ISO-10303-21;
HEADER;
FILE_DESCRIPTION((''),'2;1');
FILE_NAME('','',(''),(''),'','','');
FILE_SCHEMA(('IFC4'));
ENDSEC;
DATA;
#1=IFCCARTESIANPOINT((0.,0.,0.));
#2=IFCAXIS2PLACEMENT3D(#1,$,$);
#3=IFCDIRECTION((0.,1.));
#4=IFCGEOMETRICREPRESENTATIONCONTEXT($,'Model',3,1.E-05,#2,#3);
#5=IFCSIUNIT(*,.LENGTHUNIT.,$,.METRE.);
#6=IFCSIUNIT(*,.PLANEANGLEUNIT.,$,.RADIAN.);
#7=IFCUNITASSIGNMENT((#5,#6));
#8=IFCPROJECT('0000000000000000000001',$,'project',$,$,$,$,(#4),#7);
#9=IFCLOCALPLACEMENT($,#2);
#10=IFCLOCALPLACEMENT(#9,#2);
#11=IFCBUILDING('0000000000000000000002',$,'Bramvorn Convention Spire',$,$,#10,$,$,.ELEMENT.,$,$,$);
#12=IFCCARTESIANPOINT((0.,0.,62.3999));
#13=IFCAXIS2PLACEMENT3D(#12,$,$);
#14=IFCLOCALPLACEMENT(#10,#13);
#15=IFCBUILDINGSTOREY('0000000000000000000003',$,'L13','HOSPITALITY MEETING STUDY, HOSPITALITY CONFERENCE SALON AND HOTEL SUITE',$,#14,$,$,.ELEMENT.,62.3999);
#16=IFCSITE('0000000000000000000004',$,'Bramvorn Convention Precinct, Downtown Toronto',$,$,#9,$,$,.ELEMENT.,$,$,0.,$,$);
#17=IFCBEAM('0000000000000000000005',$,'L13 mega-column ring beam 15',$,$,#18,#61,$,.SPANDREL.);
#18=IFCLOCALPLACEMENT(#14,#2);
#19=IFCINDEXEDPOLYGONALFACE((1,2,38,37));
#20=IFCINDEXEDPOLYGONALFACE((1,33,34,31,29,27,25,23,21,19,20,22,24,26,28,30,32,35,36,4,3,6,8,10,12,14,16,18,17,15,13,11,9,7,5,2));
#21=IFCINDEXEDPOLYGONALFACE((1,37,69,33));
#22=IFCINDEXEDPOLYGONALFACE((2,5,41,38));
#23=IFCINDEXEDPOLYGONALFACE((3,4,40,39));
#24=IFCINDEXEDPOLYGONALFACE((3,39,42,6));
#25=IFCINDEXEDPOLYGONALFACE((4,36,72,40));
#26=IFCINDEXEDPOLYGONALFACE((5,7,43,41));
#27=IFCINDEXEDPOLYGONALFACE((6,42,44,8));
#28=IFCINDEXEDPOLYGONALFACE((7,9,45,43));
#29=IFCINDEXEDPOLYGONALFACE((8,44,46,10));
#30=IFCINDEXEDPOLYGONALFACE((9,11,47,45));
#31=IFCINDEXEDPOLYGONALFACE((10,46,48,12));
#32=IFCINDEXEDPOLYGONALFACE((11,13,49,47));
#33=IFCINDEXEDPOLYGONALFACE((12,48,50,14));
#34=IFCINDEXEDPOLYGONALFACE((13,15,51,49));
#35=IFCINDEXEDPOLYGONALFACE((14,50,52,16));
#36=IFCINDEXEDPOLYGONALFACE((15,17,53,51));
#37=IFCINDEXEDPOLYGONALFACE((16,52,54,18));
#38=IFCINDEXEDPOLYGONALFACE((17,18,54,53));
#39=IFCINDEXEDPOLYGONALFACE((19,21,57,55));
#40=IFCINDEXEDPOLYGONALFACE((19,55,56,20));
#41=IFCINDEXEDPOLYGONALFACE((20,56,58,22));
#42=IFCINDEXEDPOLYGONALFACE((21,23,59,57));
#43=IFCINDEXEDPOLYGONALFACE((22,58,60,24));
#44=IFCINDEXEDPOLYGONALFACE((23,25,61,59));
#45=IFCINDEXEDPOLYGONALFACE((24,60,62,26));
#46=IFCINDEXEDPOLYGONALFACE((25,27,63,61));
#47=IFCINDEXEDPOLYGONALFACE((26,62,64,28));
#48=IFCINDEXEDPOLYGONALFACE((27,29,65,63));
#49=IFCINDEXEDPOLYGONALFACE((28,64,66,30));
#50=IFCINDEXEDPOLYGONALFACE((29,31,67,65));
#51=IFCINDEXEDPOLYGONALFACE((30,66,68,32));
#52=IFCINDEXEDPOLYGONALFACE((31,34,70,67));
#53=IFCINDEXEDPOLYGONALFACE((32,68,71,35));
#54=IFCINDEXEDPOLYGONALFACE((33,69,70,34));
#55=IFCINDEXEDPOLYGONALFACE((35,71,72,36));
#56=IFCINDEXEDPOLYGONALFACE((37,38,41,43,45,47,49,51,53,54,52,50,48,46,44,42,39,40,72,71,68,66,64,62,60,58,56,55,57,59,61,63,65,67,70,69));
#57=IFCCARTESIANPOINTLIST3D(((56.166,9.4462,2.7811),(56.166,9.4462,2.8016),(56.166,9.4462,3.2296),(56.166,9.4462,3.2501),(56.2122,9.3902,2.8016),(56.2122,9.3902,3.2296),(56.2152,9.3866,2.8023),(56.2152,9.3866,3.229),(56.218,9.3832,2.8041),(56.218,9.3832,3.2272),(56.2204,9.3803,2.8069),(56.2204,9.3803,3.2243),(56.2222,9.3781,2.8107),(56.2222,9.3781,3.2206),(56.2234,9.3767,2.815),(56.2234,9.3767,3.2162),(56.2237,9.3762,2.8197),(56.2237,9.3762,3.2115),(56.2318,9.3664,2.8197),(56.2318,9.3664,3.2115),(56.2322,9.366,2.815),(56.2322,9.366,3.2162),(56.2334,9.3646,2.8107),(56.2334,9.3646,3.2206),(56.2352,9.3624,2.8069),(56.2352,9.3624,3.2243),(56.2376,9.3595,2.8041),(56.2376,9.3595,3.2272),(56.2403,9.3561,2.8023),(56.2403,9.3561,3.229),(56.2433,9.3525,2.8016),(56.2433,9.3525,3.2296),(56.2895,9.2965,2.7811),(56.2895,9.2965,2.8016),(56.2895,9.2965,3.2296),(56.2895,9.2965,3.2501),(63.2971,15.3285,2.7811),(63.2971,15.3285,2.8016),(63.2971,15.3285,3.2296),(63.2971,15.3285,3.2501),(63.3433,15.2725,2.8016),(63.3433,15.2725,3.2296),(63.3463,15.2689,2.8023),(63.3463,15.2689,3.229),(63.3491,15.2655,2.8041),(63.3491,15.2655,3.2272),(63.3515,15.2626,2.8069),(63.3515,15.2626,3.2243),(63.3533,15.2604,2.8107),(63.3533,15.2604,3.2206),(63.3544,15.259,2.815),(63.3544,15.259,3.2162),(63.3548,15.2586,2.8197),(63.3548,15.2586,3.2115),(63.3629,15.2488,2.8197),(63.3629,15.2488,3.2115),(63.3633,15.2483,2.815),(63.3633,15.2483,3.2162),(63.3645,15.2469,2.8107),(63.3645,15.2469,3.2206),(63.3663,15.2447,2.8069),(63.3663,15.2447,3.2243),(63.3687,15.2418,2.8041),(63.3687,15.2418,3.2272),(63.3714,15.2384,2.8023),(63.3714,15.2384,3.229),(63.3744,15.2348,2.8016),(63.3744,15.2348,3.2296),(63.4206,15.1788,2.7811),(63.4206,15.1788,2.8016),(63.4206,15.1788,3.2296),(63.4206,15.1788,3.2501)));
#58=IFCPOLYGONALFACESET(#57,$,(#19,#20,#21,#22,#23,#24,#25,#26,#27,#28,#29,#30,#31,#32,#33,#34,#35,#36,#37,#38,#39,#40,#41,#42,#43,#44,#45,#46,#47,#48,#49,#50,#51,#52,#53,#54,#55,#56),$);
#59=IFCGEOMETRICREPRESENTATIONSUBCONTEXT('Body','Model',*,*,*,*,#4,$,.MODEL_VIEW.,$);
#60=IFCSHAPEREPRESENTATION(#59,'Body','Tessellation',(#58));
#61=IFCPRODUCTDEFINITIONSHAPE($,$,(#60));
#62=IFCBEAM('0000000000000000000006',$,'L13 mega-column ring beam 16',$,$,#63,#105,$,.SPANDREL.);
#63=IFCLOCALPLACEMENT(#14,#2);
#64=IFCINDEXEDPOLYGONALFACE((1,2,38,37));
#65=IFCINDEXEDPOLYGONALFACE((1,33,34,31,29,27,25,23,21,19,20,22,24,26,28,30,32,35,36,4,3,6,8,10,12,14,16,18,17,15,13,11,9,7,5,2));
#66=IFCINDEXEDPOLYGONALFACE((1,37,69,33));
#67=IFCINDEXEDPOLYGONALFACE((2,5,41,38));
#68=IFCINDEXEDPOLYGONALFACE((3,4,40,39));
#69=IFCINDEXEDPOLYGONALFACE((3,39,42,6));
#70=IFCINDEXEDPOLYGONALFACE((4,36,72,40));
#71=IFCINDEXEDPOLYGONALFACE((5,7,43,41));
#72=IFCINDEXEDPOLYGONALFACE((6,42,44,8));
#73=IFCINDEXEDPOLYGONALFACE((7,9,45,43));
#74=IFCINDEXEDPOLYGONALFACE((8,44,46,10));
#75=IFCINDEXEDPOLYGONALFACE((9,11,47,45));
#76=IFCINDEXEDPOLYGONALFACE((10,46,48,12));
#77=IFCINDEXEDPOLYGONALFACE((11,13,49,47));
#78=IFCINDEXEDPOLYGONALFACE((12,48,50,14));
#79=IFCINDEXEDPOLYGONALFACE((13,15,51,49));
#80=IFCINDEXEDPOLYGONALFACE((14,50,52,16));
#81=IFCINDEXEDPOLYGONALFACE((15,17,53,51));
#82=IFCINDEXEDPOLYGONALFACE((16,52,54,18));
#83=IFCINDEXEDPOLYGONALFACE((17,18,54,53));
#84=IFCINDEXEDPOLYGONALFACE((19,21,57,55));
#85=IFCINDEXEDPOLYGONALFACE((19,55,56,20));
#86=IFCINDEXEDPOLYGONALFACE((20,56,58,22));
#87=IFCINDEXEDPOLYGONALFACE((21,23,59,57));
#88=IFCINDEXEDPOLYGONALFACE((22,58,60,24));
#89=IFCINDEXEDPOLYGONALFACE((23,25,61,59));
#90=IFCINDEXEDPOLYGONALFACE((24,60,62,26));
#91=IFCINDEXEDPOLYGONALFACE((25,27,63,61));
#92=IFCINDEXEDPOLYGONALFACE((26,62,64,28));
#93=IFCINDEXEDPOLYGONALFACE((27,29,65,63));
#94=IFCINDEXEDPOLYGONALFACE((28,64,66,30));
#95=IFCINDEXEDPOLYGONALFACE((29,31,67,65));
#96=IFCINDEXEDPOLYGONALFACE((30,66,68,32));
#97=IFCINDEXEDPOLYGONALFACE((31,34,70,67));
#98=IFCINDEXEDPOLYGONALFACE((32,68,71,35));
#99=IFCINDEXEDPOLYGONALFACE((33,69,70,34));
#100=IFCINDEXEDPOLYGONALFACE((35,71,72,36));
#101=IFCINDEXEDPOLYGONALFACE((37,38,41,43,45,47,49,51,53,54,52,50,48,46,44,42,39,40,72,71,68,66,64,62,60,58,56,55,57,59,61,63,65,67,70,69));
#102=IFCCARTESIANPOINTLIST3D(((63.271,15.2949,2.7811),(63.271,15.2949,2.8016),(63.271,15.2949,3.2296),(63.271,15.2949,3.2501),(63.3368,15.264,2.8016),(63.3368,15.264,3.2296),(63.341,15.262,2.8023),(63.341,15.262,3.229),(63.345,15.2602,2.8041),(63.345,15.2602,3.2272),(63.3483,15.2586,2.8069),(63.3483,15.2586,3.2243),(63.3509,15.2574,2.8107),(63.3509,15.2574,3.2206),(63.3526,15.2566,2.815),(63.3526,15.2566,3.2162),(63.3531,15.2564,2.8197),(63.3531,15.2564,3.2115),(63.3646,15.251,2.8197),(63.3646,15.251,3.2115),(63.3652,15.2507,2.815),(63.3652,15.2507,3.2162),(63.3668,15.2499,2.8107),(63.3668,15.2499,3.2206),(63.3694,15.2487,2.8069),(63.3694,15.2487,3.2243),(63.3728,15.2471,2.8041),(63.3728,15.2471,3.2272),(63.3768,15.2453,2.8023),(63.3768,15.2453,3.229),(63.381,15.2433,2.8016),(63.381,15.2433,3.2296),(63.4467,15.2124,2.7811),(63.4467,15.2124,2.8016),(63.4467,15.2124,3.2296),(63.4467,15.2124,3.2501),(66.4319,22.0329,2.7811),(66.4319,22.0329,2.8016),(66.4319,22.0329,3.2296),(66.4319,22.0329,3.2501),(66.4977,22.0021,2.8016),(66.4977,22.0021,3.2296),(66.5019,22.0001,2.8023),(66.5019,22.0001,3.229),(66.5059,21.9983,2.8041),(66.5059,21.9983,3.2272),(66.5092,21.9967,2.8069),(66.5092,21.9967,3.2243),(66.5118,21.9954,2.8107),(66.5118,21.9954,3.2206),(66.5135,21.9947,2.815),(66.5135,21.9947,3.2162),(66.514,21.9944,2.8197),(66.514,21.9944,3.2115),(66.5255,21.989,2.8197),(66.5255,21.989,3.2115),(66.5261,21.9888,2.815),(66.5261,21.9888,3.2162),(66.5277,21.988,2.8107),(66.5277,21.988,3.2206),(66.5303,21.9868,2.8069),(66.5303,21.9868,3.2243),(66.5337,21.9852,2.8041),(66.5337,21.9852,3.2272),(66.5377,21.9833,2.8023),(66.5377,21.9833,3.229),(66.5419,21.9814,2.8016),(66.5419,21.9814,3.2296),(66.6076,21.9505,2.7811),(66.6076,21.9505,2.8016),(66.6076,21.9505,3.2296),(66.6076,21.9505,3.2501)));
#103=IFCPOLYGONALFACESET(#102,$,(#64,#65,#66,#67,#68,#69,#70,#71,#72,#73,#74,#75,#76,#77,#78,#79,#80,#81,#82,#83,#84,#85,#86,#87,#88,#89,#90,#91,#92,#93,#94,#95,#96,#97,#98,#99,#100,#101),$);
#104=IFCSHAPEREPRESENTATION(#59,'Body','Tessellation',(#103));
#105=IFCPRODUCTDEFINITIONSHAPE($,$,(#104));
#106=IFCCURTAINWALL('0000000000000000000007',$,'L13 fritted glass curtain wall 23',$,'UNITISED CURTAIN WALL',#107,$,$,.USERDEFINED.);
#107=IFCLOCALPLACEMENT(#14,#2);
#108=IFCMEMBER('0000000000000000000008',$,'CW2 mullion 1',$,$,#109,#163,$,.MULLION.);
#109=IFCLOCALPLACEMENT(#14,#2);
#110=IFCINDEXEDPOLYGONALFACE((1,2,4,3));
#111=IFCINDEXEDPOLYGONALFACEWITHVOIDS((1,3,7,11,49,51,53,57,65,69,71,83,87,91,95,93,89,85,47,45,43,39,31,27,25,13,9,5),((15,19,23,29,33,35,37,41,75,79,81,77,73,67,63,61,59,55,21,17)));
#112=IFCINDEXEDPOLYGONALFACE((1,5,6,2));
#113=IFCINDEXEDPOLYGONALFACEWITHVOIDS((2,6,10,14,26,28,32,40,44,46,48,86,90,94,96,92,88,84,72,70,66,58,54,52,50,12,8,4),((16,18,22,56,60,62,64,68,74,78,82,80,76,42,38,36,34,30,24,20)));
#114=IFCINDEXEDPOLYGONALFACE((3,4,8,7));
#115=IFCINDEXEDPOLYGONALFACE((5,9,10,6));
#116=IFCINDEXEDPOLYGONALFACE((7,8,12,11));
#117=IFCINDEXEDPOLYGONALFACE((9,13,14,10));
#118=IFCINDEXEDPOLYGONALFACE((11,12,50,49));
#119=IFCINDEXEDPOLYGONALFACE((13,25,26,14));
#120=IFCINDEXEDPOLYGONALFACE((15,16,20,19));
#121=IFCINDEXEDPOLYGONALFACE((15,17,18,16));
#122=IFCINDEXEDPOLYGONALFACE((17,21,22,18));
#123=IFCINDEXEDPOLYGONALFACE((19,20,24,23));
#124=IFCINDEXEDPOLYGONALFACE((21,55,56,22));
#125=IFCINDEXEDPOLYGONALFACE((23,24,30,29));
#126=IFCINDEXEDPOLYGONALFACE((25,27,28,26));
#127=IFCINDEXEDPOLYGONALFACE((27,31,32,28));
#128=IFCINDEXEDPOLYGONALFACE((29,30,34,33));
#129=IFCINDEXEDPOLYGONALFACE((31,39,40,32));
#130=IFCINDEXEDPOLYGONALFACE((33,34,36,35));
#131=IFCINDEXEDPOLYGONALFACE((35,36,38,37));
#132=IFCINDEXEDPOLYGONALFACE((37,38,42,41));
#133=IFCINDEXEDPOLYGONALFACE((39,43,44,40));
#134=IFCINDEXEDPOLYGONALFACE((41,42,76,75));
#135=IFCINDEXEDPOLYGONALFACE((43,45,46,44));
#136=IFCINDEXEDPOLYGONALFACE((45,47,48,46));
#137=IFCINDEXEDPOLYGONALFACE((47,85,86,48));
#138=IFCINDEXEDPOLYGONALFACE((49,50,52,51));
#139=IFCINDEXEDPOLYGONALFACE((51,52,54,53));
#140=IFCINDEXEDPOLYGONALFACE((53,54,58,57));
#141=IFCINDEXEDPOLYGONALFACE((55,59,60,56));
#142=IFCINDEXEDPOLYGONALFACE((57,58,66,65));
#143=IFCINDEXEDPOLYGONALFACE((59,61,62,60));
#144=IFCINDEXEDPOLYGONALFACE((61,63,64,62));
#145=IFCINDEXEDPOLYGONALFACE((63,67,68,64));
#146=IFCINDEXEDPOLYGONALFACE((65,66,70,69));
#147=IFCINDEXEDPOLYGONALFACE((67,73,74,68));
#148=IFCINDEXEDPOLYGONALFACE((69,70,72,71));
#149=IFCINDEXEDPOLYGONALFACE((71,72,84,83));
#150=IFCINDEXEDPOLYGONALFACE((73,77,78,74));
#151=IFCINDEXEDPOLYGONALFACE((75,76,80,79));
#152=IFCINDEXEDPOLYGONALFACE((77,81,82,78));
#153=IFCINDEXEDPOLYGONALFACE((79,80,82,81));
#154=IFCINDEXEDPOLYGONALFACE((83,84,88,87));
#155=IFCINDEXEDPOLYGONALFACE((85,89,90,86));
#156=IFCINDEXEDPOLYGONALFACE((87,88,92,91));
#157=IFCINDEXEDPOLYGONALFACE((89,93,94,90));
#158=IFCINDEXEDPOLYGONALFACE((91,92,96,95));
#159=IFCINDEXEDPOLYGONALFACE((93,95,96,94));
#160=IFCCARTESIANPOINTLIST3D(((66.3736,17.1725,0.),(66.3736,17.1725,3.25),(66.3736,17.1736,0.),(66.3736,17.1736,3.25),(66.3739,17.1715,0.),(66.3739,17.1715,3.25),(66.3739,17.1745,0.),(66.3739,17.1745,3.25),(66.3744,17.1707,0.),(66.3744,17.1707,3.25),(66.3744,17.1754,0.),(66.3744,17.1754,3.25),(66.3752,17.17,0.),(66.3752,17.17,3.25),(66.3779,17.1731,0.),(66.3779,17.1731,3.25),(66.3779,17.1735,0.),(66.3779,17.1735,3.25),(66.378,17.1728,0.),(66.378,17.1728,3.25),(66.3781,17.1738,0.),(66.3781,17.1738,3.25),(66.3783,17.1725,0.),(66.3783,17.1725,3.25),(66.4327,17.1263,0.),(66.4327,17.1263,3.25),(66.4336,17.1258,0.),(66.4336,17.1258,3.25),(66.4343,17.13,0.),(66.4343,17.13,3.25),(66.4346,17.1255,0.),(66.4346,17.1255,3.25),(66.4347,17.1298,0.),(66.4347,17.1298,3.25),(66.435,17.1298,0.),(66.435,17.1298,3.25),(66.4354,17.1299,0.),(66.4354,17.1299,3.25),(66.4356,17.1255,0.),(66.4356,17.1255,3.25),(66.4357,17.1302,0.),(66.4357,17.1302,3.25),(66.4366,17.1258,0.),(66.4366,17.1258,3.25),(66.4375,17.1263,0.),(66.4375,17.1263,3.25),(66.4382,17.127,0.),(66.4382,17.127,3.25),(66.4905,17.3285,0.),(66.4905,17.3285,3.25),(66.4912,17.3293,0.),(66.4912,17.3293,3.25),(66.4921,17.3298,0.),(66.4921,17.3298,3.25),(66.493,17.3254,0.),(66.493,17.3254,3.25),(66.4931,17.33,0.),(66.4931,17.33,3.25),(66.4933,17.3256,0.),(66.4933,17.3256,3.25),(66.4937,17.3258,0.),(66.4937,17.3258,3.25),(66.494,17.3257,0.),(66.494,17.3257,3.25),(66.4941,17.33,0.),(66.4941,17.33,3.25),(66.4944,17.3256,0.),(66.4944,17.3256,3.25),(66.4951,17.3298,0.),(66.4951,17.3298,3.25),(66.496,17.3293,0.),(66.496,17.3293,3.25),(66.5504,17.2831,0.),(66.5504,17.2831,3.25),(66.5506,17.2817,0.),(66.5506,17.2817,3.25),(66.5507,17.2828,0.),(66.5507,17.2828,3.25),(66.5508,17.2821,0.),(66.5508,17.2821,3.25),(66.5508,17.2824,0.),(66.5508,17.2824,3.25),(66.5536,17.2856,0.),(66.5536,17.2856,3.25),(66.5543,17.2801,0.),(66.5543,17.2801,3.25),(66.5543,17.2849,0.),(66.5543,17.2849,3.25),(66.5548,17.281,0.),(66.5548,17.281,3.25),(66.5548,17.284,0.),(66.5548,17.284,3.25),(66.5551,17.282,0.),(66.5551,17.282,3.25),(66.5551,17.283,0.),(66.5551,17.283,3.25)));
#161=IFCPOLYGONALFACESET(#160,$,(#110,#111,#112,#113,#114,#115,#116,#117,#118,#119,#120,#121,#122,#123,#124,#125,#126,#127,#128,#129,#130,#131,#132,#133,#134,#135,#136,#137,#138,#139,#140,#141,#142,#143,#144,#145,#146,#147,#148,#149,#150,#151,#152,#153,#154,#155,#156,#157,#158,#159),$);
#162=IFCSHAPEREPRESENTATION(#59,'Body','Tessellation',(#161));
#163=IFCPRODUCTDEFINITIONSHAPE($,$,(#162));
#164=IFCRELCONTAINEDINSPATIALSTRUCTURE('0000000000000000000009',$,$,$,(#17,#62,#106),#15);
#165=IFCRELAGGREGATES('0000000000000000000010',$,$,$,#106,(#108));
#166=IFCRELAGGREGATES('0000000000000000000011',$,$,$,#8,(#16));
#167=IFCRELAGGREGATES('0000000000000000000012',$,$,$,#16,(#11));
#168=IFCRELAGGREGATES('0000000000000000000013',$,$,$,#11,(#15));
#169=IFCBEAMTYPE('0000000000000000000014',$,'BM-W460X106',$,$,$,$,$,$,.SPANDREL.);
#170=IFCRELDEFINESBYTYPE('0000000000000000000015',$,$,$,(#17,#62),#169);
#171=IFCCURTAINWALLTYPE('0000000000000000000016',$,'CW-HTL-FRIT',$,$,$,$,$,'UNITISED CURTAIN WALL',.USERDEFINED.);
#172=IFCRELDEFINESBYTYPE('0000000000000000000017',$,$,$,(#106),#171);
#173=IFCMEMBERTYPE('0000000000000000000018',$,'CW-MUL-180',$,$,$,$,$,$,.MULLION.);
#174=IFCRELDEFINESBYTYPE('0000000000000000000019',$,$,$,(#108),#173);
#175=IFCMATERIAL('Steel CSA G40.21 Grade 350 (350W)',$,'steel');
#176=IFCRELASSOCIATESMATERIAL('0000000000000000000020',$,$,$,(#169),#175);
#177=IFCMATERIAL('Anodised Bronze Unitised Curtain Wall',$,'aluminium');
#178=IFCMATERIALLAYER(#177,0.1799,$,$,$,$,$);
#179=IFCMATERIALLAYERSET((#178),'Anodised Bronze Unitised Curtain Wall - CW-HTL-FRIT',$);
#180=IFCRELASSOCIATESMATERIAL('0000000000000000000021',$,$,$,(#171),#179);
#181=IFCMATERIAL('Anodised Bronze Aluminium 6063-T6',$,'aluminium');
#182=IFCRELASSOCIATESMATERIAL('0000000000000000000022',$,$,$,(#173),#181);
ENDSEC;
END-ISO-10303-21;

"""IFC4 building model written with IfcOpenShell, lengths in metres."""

from ifc_helpers import new_model, si_unit, direction, frame, origin, origin_2d, place, context, subcontext, project, spatial, hollow_rectangle, i_section, extrude, material, layer, layer_set, material_profile, profile_set, type_object, element, aggregate, save


model = new_model("IFC4")

# Units and contexts
model_context = context("Model", 3, precision=1e-05, world=origin(), true_north=direction((0.0, 1.0)))
body_context = subcontext(model_context, "Body", "Model", "MODEL_VIEW")
ifc_project = project(units=[si_unit("LENGTHUNIT", "METRE"), si_unit("PLANEANGLEUNIT", "RADIAN")], contexts=[model_context])

# Site, building, storey
site_placement = place(None, origin())
site = spatial("IfcSite", under=ifc_project, at=site_placement, Name="Bramvorn Convention Precinct, Downtown Toronto", CompositionType="ELEMENT", RefElevation=0.0)
building_placement = place(site_placement, origin())
building = spatial("IfcBuilding", under=site, at=building_placement, Name="Bramvorn Convention Spire", CompositionType="ELEMENT")
storey_placement = place(building_placement, frame((0.0, 0.0, 62.3999)))
storey = spatial("IfcBuildingStorey", under=building, at=storey_placement, Name="L13", Description="HOSPITALITY MEETING STUDY, HOSPITALITY CONFERENCE SALON AND HOTEL SUITE", CompositionType="ELEMENT", Elevation=62.3999)

# Shared definitions
ifc_material_1 = material(Name="Steel CSA G40.21 Grade 350 (350W)", Category="steel")

# Beams
ifc_material_profile_1 = material_profile(ifc_material_1, i_section(OverallWidth=0.1941, OverallDepth=0.469, WebThickness=0.0127, FlangeThickness=0.0205, FilletRadius=0.0181, at=origin_2d()))
ifc_profile_set_1 = profile_set([ifc_material_profile_1], Name="Steel CSA G40.21 Grade 350 (350W) - W460X106")
beam_type_1 = type_object("IfcBeamType", Name="BM-W460X106", PredefinedType="SPANDREL", material=ifc_profile_set_1)
beam_1_placement = place(storey_placement, frame((56.2278, 9.3713, 3.0156), z_axis=(0.771418, 0.636329, 0.0), x_axis=(-0.636329, 0.771418, 0.0)))
element("IfcBeam", 1, at=beam_1_placement, inside=storey, type_object=beam_type_1, Name="L13 mega-column ring beam 15", PredefinedType="SPANDREL", context=body_context, shape_type="SweptSolid", body=[
    extrude(i_section(OverallWidth=0.1941, OverallDepth=0.469, WebThickness=0.0127, FlangeThickness=0.0205, FilletRadius=0.0181, at=origin_2d()), origin(), (0.0, 0.0, 1.0), 9.2441),
])
beam_2_placement = place(storey_placement, frame((63.3589, 15.2537, 3.0156), z_axis=(0.424702, 0.905333, 0.0), x_axis=(-0.905333, 0.424702, 0.0)))
element("IfcBeam", 2, at=beam_2_placement, inside=storey, type_object=beam_type_1, Name="L13 mega-column ring beam 16", PredefinedType="SPANDREL", context=body_context, shape_type="SweptSolid", body=[
    extrude(i_section(OverallWidth=0.1941, OverallDepth=0.469, WebThickness=0.0127, FlangeThickness=0.0205, FilletRadius=0.0181, at=origin_2d()), origin(), (0.0, 0.0, 1.0), 7.4426),
])

# Curtain wall, member
ifc_material_2 = material(Name="Anodised Bronze Unitised Curtain Wall", Category="aluminium")
ifc_layer_1 = layer(ifc_material_2, 0.1799)
ifc_layer_set_1 = layer_set([ifc_layer_1], Name="Anodised Bronze Unitised Curtain Wall - CW-HTL-FRIT")
curtain_wall_type = type_object("IfcCurtainWallType", Name="CW-HTL-FRIT", ElementType="UNITISED CURTAIN WALL", PredefinedType="USERDEFINED", material=ifc_layer_set_1)
curtain_wall_placement = place(storey_placement, origin())
curtain_wall = element("IfcCurtainWall", 3, at=curtain_wall_placement, inside=storey, type_object=curtain_wall_type, Name="L13 fritted glass curtain wall 23", ObjectType="UNITISED CURTAIN WALL", PredefinedType="USERDEFINED")
ifc_material_3 = material(Name="Anodised Bronze Aluminium 6063-T6", Category="aluminium")
ifc_material_profile_2 = material_profile(ifc_material_3, hollow_rectangle(XDim=0.0801, YDim=0.2, WallThickness=0.0039, InnerFilletRadius=0.001, OuterFilletRadius=0.0039, at=origin_2d()))
ifc_profile_set_2 = profile_set([ifc_material_profile_2], Name="Anodised Bronze Aluminium 6063-T6 - CWM80X200")
member_type_1 = type_object("IfcMemberType", Name="CW-MUL-180", PredefinedType="MULLION", material=ifc_profile_set_2)
member_1_placement = place(storey_placement, frame((66.4644, 17.2278, 0.0), z_axis=(0.0, 0.0, 1.0), x_axis=(0.796829, -0.604205, 0.0)))
member_1 = element("IfcMember", 4, at=member_1_placement, type_object=member_type_1, Name="CW2 mullion 1", PredefinedType="MULLION", context=body_context, shape_type="SweptSolid", body=[
    extrude(hollow_rectangle(XDim=0.0801, YDim=0.2, WallThickness=0.0039, InnerFilletRadius=0.001, OuterFilletRadius=0.0039, at=origin_2d()), origin(), (0.0, 0.0, 1.0), 3.25),
])

aggregate(curtain_wall, [member_1])

save(model, "model.ifc")
